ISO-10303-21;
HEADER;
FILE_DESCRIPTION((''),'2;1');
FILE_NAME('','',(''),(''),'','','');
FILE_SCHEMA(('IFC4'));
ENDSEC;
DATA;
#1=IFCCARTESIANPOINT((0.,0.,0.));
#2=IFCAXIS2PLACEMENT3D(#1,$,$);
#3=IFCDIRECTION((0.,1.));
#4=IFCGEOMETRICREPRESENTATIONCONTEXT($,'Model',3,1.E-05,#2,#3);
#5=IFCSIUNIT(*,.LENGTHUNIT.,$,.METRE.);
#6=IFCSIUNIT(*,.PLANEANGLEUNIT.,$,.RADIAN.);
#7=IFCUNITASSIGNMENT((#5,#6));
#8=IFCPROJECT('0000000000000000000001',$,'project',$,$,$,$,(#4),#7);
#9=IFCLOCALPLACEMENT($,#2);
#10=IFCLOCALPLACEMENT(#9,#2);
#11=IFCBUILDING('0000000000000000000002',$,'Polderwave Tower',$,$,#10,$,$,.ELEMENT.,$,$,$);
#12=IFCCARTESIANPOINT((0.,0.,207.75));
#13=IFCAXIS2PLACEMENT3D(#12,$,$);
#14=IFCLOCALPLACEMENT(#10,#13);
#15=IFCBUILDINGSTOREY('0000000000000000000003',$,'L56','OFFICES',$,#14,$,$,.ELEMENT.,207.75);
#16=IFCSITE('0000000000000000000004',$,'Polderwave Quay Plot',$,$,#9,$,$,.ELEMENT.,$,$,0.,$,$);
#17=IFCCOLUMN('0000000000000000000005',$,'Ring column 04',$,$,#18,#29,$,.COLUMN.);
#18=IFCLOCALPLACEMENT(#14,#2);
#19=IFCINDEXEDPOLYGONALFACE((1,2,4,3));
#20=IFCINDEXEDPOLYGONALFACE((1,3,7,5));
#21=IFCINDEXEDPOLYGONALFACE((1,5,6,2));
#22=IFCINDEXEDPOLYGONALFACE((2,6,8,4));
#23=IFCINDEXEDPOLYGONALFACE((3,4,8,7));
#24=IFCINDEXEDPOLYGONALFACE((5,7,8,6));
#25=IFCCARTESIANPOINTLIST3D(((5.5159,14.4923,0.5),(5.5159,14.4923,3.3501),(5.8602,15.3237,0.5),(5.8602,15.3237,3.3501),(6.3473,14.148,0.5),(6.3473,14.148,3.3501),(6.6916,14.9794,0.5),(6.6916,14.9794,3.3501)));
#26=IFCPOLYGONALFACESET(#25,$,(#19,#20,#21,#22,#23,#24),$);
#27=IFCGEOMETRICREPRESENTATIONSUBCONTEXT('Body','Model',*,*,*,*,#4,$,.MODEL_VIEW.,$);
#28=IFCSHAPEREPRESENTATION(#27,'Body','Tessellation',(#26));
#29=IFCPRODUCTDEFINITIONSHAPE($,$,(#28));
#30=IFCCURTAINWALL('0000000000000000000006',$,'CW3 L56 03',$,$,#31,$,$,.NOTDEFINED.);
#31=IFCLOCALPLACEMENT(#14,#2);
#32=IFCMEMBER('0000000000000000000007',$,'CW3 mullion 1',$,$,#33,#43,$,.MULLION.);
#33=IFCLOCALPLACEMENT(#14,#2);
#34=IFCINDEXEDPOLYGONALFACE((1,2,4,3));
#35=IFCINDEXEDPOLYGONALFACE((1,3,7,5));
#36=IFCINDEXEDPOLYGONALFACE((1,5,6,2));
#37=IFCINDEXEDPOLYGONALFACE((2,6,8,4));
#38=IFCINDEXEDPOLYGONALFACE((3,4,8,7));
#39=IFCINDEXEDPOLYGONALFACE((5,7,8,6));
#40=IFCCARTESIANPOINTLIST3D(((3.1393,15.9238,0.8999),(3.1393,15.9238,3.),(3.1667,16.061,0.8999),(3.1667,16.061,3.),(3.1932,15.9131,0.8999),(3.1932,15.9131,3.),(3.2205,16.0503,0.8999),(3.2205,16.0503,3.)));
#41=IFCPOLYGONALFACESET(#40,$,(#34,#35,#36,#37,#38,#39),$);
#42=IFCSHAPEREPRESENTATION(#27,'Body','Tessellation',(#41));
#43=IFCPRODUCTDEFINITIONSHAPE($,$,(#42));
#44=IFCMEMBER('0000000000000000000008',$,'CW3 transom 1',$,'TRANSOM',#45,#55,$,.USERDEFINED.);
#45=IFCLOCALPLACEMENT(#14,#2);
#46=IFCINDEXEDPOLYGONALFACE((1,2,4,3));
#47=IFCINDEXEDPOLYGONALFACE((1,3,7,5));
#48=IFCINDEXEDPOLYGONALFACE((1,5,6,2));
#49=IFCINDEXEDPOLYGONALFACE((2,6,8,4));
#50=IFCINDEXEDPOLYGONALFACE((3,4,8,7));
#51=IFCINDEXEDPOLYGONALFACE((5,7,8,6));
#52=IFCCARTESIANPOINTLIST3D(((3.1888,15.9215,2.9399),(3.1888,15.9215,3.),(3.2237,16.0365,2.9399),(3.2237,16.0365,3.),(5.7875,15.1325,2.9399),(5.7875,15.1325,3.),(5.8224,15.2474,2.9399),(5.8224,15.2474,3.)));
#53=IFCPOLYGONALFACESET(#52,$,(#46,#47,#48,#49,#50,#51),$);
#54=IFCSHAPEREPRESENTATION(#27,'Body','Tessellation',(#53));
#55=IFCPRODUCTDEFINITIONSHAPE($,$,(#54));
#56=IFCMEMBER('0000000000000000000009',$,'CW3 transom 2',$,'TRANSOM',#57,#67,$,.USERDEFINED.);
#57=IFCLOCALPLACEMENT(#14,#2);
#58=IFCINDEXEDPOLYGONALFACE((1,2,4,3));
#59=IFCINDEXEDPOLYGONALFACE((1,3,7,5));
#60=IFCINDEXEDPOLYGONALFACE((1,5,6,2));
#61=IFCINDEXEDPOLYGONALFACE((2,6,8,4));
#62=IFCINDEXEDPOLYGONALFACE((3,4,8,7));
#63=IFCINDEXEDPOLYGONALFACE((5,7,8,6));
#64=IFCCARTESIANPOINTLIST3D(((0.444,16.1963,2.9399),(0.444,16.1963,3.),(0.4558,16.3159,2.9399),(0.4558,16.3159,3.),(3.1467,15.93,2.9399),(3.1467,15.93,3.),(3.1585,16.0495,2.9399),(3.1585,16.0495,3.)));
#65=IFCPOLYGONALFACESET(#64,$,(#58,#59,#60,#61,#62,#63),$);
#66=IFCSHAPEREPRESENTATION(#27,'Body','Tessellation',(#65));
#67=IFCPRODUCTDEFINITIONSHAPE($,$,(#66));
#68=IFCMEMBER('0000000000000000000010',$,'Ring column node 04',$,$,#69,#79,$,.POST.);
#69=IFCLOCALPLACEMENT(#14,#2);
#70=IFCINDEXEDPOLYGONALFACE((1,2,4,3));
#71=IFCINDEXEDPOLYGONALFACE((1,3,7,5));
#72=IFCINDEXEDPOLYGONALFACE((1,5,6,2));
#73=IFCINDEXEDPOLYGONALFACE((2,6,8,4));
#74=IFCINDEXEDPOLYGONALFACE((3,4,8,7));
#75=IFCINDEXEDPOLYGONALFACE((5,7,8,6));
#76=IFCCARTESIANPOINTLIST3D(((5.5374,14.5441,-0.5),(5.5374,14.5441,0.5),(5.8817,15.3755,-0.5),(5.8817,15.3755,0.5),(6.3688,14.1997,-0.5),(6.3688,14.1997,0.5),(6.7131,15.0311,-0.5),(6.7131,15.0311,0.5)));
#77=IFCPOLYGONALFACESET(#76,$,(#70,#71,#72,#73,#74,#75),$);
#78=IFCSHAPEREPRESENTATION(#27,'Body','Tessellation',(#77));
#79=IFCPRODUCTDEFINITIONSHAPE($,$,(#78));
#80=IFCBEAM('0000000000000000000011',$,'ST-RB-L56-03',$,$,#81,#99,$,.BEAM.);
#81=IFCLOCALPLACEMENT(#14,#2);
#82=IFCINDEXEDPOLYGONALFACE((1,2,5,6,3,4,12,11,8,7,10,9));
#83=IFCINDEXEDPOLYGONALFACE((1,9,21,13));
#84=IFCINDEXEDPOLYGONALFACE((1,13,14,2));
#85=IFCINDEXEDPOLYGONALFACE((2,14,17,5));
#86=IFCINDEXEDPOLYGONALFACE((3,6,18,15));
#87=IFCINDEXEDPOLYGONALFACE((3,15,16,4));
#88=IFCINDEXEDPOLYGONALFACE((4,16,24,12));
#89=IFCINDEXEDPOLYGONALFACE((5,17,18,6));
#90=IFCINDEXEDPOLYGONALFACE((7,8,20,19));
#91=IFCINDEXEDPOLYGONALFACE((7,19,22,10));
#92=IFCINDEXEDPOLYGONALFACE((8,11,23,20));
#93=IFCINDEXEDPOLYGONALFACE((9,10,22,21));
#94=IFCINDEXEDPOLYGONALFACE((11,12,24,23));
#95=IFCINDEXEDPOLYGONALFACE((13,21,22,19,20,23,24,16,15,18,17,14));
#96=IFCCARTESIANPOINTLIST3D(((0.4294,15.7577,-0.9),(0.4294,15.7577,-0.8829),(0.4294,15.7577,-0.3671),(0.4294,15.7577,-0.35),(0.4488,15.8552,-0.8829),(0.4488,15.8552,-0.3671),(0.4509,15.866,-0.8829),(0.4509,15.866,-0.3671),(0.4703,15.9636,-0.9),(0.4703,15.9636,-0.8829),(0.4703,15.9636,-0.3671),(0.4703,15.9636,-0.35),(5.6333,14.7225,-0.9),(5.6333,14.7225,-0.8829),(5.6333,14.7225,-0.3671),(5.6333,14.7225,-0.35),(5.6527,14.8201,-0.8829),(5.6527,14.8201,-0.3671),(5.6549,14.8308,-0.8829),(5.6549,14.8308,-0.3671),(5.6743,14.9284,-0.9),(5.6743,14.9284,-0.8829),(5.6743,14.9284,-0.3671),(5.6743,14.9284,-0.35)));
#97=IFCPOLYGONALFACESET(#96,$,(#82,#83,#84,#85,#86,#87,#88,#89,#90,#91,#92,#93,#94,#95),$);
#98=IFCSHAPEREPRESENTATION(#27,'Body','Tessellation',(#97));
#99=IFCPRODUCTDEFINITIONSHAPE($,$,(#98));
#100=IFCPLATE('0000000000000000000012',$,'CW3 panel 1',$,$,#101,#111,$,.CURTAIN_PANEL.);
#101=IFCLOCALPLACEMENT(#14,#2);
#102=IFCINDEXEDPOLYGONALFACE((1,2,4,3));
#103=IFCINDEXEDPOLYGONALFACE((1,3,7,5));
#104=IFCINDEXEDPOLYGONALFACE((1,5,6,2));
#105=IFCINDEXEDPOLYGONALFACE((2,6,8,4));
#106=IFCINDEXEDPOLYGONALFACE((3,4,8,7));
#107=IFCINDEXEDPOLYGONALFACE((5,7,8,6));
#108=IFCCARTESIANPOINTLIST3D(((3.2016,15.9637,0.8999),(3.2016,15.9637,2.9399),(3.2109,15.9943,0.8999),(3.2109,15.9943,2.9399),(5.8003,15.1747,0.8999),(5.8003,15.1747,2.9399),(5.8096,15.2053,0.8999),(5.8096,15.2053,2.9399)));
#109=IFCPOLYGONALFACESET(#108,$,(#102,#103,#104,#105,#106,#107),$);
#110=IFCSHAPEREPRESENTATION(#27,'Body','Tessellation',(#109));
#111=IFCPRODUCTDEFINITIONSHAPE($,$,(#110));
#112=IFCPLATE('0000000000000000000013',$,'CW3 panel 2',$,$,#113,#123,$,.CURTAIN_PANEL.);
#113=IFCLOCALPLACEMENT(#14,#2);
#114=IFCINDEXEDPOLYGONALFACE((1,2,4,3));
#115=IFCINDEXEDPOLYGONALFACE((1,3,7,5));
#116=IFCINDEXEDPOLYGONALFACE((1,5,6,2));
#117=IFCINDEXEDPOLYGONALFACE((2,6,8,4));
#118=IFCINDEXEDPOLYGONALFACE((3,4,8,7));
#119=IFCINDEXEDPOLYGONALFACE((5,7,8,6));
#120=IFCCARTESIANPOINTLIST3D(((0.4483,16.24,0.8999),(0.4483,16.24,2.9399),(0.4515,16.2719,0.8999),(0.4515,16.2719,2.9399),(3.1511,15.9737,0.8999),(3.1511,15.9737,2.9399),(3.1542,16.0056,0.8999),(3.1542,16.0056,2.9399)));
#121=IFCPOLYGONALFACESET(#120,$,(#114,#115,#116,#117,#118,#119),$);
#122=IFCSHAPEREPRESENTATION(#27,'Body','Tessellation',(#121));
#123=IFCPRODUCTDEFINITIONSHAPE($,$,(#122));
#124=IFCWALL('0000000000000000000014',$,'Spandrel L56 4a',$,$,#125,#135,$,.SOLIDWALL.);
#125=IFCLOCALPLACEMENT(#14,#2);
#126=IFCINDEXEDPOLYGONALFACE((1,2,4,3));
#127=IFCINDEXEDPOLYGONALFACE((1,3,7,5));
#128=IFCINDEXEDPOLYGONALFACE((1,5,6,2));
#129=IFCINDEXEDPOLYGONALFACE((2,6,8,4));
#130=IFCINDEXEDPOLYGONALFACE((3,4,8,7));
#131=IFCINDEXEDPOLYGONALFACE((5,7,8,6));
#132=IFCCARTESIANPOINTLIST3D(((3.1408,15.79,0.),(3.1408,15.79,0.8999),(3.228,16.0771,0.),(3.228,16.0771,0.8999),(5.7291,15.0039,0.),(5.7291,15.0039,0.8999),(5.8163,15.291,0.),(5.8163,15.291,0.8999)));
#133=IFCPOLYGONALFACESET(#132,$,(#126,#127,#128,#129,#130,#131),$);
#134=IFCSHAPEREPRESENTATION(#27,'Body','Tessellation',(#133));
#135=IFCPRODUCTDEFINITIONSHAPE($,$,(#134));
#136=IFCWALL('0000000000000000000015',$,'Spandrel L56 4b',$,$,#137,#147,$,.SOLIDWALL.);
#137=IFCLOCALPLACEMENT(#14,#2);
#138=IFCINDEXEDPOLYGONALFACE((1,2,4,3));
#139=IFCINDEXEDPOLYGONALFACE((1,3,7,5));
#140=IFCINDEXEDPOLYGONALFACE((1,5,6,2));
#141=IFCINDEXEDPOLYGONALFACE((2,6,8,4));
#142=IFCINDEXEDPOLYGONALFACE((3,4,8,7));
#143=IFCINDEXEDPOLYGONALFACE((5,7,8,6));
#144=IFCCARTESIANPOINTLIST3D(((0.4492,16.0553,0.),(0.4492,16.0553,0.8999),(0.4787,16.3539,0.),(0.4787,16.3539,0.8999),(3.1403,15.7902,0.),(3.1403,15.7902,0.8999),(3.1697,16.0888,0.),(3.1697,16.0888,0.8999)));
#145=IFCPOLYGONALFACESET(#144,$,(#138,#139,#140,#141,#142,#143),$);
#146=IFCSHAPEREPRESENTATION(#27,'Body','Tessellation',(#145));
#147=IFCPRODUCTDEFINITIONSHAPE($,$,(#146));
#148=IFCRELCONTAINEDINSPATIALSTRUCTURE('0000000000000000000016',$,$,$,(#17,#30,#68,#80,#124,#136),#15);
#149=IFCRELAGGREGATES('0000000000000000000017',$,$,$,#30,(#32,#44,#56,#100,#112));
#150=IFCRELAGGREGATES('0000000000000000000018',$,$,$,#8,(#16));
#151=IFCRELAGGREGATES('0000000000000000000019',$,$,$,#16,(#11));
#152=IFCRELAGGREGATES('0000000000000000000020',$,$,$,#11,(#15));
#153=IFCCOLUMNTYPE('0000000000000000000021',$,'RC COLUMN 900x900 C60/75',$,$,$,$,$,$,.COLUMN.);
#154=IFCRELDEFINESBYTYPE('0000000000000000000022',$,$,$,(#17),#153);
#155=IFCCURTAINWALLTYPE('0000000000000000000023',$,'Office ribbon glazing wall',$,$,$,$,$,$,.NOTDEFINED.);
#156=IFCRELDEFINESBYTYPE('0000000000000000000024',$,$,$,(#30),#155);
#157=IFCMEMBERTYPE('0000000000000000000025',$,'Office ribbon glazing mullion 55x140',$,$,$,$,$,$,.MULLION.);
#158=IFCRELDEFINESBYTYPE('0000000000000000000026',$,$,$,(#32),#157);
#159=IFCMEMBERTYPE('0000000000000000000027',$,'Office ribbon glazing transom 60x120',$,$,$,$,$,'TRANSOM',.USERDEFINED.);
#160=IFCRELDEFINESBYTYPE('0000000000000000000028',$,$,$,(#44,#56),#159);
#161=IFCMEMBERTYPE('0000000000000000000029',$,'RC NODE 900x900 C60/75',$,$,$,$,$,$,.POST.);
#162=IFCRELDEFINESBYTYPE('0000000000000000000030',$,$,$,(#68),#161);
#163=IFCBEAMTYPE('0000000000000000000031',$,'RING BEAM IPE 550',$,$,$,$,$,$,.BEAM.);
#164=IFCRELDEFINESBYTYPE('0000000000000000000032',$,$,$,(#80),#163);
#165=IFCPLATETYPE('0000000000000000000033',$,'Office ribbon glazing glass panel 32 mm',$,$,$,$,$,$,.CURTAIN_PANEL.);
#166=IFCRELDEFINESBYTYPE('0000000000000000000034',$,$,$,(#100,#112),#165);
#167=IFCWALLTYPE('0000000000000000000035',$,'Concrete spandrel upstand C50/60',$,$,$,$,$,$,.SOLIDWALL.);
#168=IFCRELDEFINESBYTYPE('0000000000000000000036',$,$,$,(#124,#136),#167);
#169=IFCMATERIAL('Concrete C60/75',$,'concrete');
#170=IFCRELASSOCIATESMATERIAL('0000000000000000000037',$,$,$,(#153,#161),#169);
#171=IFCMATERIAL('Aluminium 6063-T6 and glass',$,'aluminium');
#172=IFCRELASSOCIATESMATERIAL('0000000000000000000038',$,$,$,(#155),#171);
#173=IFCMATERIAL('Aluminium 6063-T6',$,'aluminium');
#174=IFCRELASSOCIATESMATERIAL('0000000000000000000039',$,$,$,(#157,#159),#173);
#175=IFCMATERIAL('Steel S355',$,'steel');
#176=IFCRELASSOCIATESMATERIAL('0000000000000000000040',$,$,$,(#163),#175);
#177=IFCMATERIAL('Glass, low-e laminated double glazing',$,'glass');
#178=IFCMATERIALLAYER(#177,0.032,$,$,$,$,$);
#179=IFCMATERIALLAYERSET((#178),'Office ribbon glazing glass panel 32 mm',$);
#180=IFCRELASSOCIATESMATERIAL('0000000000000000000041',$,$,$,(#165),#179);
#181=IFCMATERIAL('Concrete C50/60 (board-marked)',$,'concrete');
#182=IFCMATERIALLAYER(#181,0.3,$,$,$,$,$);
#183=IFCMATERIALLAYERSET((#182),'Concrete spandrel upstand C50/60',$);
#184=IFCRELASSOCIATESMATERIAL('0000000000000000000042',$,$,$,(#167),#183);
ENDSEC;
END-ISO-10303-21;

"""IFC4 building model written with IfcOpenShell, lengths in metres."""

from ifc_helpers import new_model, si_unit, direction, frame, frame_2d, origin, origin_2d, place, context, subcontext, project, spatial, rectangle, i_section, extrude, material, layer, layer_set, material_profile, profile_set, type_object, element, aggregate, save


model = new_model("IFC4")

# Units and contexts
model_context = context("Model", 3, precision=1e-05, world=origin(), true_north=direction((0.0, 1.0)))
body_context = subcontext(model_context, "Body", "Model", "MODEL_VIEW")
ifc_project = project(units=[si_unit("LENGTHUNIT", "METRE"), si_unit("PLANEANGLEUNIT", "RADIAN")], contexts=[model_context])

# Site, building, storey
site_placement = place(None, origin())
site = spatial("IfcSite", under=ifc_project, at=site_placement, Name="Polderwave Quay Plot", CompositionType="ELEMENT", RefElevation=0.0)
building_placement = place(site_placement, origin())
building = spatial("IfcBuilding", under=site, at=building_placement, Name="Polderwave Tower", CompositionType="ELEMENT")
storey_placement = place(building_placement, frame((0.0, 0.0, 207.75)))
storey = spatial("IfcBuildingStorey", under=building, at=storey_placement, Name="L56", Description="OFFICES", CompositionType="ELEMENT", Elevation=207.75)

# Column
ifc_material_1 = material(Name="Concrete C60/75", Category="concrete")
ifc_material_profile_1 = material_profile(ifc_material_1, rectangle(XDim=0.8999, YDim=0.8999, at=origin_2d()), Name="RC 900x900")
ifc_profile_set_1 = profile_set([ifc_material_profile_1], Name="Concrete C60/75")
column_type = type_object("IfcColumnType", Name="RC COLUMN 900x900 C60/75", PredefinedType="COLUMN", material=ifc_profile_set_1)
column_placement = place(storey_placement, frame((6.1038, 14.7358, 0.5), z_axis=(0.0, 0.0, 1.0), x_axis=(0.382683, 0.92388, 0.0)))
element("IfcColumn", 1, at=column_placement, inside=storey, type_object=column_type, Name="Ring column 04", PredefinedType="COLUMN", context=body_context, shape_type="SweptSolid", body=[
    extrude(rectangle(XDim=0.8999, YDim=0.8999, at=origin_2d()), origin(), (0.0, 0.0, 1.0), 2.8501),
])

# Curtain wall, members
ifc_material_2 = material(Name="Aluminium 6063-T6 and glass", Category="aluminium")
curtain_wall_type = type_object("IfcCurtainWallType", Name="Office ribbon glazing wall", PredefinedType="NOTDEFINED", material=ifc_material_2)
curtain_wall_placement = place(storey_placement, origin())
curtain_wall = element("IfcCurtainWall", 2, at=curtain_wall_placement, inside=storey, type_object=curtain_wall_type, Name="CW3 L56 03", PredefinedType="NOTDEFINED")
ifc_material_3 = material(Name="Aluminium 6063-T6", Category="aluminium")
ifc_material_profile_2 = material_profile(ifc_material_3, rectangle(XDim=0.1399, YDim=0.0549, at=origin_2d()), Name="AL 55x140")
ifc_profile_set_2 = profile_set([ifc_material_profile_2], Name="Aluminium 6063-T6")
member_type_1 = type_object("IfcMemberType", Name="Office ribbon glazing mullion 55x140", PredefinedType="MULLION", material=ifc_profile_set_2)
member_1_placement = place(storey_placement, frame((3.1799, 15.9871, 0.8999), z_axis=(0.0, 0.0, 1.0), x_axis=(-0.195234, -0.980757, 0.0)))
member_1 = element("IfcMember", 3, at=member_1_placement, type_object=member_type_1, Name="CW3 mullion 1", PredefinedType="MULLION", context=body_context, shape_type="SweptSolid", body=[
    extrude(rectangle(XDim=0.1399, YDim=0.0549, at=origin_2d()), origin(), (0.0, 0.0, 1.0), 2.1001),
])
ifc_material_profile_3 = material_profile(ifc_material_3, rectangle(XDim=0.1201, YDim=0.0601, at=origin_2d()), Name="AL 60x120")
ifc_profile_set_3 = profile_set([ifc_material_profile_3], Name="Aluminium 6063-T6")
member_type_2 = type_object("IfcMemberType", Name="Office ribbon glazing transom 60x120", ElementType="TRANSOM", PredefinedType="USERDEFINED", material=ifc_profile_set_3)
member_2_placement = place(storey_placement, frame((5.8049, 15.1899, 2.97), z_axis=(-0.956861, 0.290546, 0.0), x_axis=(-0.290546, -0.956861, 0.0)))
member_2 = element("IfcMember", 4, at=member_2_placement, type_object=member_type_2, Name="CW3 transom 1", ObjectType="TRANSOM", PredefinedType="USERDEFINED", context=body_context, shape_type="SweptSolid", body=[
    extrude(rectangle(XDim=0.1201, YDim=0.0601, at=origin_2d()), origin(), (0.0, 0.0, 1.0), 2.7158),
])
member_3_placement = place(storey_placement, frame((3.1526, 15.9897, 2.97), z_axis=(-0.995179, 0.098079, 0.0), x_axis=(-0.098079, -0.995179, 0.0)))
member_3 = element("IfcMember", 5, at=member_3_placement, type_object=member_type_2, Name="CW3 transom 2", ObjectType="TRANSOM", PredefinedType="USERDEFINED", context=body_context, shape_type="SweptSolid", body=[
    extrude(rectangle(XDim=0.1201, YDim=0.0601, at=origin_2d()), origin(), (0.0, 0.0, 1.0), 2.7158),
])

# Member
ifc_material_profile_4 = material_profile(ifc_material_1, rectangle(XDim=0.8999, YDim=0.8999, at=origin_2d()), Name="RC 900x900")
ifc_profile_set_4 = profile_set([ifc_material_profile_4], Name="Concrete C60/75")
member_type_3 = type_object("IfcMemberType", Name="RC NODE 900x900 C60/75", PredefinedType="POST", material=ifc_profile_set_4)
member_4_placement = place(storey_placement, frame((6.1252, 14.7876, -0.5), z_axis=(0.0, 0.0, 1.0), x_axis=(0.382683, 0.92388, 0.0)))
element("IfcMember", 6, at=member_4_placement, inside=storey, type_object=member_type_3, Name="Ring column node 04", PredefinedType="POST", context=body_context, shape_type="SweptSolid", body=[
    extrude(rectangle(XDim=0.8999, YDim=0.8999, at=origin_2d()), origin(), (0.0, 0.0, 1.0), 1.0),
])

# Beam
ifc_material_4 = material(Name="Steel S355", Category="steel")
ifc_material_profile_5 = material_profile(ifc_material_4, i_section(OverallWidth=0.21, OverallDepth=0.55, WebThickness=0.011, FlangeThickness=0.0171, at=origin_2d()), Name="IPE 550")
ifc_profile_set_5 = profile_set([ifc_material_profile_5], Name="Steel S355")
beam_type = type_object("IfcBeamType", Name="RING BEAM IPE 550", PredefinedType="BEAM", material=ifc_profile_set_5)
beam_placement = place(storey_placement, frame((5.6538, 14.8254, -0.625), z_axis=(-0.980784, 0.195098, 0.0), x_axis=(-0.195098, -0.980784, 0.0)))
element("IfcBeam", 7, at=beam_placement, inside=storey, type_object=beam_type, Name="ST-RB-L56-03", PredefinedType="BEAM", context=body_context, shape_type="SweptSolid", body=[
    extrude(i_section(OverallWidth=0.21, OverallDepth=0.55, WebThickness=0.011, FlangeThickness=0.0171, at=origin_2d()), origin(), (0.0, 0.0, 1.0), 5.3059),
])

# Plates
ifc_material_5 = material(Name="Glass, low-e laminated double glazing", Category="glass")
ifc_layer_1 = layer(ifc_material_5, 0.032)
ifc_layer_set_1 = layer_set([ifc_layer_1], Name="Office ribbon glazing glass panel 32 mm")
plate_type = type_object("IfcPlateType", Name="Office ribbon glazing glass panel 32 mm", PredefinedType="CURTAIN_PANEL", material=ifc_layer_set_1)
plate_1_placement = place(storey_placement, frame((4.5056, 15.5845, 0.8999), z_axis=(0.0, 0.0, 1.0), x_axis=(-0.956868, 0.290524, 0.0)))
plate_1 = element("IfcPlate", 8, at=plate_1_placement, type_object=plate_type, Name="CW3 panel 1", PredefinedType="CURTAIN_PANEL", context=body_context, shape_type="SweptSolid", body=[
    extrude(rectangle(XDim=2.7158, YDim=0.032, at=origin_2d()), origin(), (0.0, 0.0, 1.0), 2.04),
])
plate_2_placement = place(storey_placement, frame((1.8013, 16.1228, 0.8999), z_axis=(0.0, 0.0, 1.0), x_axis=(-0.99518, 0.098061, 0.0)))
plate_2 = element("IfcPlate", 9, at=plate_2_placement, type_object=plate_type, Name="CW3 panel 2", PredefinedType="CURTAIN_PANEL", context=body_context, shape_type="SweptSolid", body=[
    extrude(rectangle(XDim=2.7158, YDim=0.032, at=origin_2d()), origin(), (0.0, 0.0, 1.0), 2.04),
])
aggregate(curtain_wall, [member_1, member_2, member_3, plate_1, plate_2])

# Walls
ifc_material_6 = material(Name="Concrete C50/60 (board-marked)", Category="concrete")
ifc_layer_2 = layer(ifc_material_6, 0.3)
ifc_layer_set_2 = layer_set([ifc_layer_2], Name="Concrete spandrel upstand C50/60")
wall_type_1 = type_object("IfcWallType", Name="Concrete spandrel upstand C50/60", PredefinedType="SOLIDWALL", material=ifc_layer_set_2)
wall_1_placement = place(storey_placement, frame((5.7727, 15.1475, 0.0), z_axis=(0.0, 0.0, 1.0), x_axis=(-0.956842, 0.290609, 0.0)))
element("IfcWall", 10, at=wall_1_placement, inside=storey, type_object=wall_type_1, Name="Spandrel L56 4a", PredefinedType="SOLIDWALL", context=body_context, shape_type="SweptSolid", body=[
    extrude(rectangle(XDim=2.7051, YDim=0.3, at=frame_2d((1.3525, 0.0))), origin(), (0.0, 0.0, 1.0), 0.8999),
])
wall_2_placement = place(storey_placement, frame((3.155, 15.9395, 0.0), z_axis=(0.0, 0.0, 1.0), x_axis=(-0.995182, 0.098047, 0.0)))
element("IfcWall", 11, at=wall_2_placement, inside=storey, type_object=wall_type_1, Name="Spandrel L56 4b", PredefinedType="SOLIDWALL", context=body_context, shape_type="SweptSolid", body=[
    extrude(rectangle(XDim=2.7041, YDim=0.3, at=frame_2d((1.3521, 0.0))), origin(), (0.0, 0.0, 1.0), 0.8999),
])

save(model, "model.ifc")
